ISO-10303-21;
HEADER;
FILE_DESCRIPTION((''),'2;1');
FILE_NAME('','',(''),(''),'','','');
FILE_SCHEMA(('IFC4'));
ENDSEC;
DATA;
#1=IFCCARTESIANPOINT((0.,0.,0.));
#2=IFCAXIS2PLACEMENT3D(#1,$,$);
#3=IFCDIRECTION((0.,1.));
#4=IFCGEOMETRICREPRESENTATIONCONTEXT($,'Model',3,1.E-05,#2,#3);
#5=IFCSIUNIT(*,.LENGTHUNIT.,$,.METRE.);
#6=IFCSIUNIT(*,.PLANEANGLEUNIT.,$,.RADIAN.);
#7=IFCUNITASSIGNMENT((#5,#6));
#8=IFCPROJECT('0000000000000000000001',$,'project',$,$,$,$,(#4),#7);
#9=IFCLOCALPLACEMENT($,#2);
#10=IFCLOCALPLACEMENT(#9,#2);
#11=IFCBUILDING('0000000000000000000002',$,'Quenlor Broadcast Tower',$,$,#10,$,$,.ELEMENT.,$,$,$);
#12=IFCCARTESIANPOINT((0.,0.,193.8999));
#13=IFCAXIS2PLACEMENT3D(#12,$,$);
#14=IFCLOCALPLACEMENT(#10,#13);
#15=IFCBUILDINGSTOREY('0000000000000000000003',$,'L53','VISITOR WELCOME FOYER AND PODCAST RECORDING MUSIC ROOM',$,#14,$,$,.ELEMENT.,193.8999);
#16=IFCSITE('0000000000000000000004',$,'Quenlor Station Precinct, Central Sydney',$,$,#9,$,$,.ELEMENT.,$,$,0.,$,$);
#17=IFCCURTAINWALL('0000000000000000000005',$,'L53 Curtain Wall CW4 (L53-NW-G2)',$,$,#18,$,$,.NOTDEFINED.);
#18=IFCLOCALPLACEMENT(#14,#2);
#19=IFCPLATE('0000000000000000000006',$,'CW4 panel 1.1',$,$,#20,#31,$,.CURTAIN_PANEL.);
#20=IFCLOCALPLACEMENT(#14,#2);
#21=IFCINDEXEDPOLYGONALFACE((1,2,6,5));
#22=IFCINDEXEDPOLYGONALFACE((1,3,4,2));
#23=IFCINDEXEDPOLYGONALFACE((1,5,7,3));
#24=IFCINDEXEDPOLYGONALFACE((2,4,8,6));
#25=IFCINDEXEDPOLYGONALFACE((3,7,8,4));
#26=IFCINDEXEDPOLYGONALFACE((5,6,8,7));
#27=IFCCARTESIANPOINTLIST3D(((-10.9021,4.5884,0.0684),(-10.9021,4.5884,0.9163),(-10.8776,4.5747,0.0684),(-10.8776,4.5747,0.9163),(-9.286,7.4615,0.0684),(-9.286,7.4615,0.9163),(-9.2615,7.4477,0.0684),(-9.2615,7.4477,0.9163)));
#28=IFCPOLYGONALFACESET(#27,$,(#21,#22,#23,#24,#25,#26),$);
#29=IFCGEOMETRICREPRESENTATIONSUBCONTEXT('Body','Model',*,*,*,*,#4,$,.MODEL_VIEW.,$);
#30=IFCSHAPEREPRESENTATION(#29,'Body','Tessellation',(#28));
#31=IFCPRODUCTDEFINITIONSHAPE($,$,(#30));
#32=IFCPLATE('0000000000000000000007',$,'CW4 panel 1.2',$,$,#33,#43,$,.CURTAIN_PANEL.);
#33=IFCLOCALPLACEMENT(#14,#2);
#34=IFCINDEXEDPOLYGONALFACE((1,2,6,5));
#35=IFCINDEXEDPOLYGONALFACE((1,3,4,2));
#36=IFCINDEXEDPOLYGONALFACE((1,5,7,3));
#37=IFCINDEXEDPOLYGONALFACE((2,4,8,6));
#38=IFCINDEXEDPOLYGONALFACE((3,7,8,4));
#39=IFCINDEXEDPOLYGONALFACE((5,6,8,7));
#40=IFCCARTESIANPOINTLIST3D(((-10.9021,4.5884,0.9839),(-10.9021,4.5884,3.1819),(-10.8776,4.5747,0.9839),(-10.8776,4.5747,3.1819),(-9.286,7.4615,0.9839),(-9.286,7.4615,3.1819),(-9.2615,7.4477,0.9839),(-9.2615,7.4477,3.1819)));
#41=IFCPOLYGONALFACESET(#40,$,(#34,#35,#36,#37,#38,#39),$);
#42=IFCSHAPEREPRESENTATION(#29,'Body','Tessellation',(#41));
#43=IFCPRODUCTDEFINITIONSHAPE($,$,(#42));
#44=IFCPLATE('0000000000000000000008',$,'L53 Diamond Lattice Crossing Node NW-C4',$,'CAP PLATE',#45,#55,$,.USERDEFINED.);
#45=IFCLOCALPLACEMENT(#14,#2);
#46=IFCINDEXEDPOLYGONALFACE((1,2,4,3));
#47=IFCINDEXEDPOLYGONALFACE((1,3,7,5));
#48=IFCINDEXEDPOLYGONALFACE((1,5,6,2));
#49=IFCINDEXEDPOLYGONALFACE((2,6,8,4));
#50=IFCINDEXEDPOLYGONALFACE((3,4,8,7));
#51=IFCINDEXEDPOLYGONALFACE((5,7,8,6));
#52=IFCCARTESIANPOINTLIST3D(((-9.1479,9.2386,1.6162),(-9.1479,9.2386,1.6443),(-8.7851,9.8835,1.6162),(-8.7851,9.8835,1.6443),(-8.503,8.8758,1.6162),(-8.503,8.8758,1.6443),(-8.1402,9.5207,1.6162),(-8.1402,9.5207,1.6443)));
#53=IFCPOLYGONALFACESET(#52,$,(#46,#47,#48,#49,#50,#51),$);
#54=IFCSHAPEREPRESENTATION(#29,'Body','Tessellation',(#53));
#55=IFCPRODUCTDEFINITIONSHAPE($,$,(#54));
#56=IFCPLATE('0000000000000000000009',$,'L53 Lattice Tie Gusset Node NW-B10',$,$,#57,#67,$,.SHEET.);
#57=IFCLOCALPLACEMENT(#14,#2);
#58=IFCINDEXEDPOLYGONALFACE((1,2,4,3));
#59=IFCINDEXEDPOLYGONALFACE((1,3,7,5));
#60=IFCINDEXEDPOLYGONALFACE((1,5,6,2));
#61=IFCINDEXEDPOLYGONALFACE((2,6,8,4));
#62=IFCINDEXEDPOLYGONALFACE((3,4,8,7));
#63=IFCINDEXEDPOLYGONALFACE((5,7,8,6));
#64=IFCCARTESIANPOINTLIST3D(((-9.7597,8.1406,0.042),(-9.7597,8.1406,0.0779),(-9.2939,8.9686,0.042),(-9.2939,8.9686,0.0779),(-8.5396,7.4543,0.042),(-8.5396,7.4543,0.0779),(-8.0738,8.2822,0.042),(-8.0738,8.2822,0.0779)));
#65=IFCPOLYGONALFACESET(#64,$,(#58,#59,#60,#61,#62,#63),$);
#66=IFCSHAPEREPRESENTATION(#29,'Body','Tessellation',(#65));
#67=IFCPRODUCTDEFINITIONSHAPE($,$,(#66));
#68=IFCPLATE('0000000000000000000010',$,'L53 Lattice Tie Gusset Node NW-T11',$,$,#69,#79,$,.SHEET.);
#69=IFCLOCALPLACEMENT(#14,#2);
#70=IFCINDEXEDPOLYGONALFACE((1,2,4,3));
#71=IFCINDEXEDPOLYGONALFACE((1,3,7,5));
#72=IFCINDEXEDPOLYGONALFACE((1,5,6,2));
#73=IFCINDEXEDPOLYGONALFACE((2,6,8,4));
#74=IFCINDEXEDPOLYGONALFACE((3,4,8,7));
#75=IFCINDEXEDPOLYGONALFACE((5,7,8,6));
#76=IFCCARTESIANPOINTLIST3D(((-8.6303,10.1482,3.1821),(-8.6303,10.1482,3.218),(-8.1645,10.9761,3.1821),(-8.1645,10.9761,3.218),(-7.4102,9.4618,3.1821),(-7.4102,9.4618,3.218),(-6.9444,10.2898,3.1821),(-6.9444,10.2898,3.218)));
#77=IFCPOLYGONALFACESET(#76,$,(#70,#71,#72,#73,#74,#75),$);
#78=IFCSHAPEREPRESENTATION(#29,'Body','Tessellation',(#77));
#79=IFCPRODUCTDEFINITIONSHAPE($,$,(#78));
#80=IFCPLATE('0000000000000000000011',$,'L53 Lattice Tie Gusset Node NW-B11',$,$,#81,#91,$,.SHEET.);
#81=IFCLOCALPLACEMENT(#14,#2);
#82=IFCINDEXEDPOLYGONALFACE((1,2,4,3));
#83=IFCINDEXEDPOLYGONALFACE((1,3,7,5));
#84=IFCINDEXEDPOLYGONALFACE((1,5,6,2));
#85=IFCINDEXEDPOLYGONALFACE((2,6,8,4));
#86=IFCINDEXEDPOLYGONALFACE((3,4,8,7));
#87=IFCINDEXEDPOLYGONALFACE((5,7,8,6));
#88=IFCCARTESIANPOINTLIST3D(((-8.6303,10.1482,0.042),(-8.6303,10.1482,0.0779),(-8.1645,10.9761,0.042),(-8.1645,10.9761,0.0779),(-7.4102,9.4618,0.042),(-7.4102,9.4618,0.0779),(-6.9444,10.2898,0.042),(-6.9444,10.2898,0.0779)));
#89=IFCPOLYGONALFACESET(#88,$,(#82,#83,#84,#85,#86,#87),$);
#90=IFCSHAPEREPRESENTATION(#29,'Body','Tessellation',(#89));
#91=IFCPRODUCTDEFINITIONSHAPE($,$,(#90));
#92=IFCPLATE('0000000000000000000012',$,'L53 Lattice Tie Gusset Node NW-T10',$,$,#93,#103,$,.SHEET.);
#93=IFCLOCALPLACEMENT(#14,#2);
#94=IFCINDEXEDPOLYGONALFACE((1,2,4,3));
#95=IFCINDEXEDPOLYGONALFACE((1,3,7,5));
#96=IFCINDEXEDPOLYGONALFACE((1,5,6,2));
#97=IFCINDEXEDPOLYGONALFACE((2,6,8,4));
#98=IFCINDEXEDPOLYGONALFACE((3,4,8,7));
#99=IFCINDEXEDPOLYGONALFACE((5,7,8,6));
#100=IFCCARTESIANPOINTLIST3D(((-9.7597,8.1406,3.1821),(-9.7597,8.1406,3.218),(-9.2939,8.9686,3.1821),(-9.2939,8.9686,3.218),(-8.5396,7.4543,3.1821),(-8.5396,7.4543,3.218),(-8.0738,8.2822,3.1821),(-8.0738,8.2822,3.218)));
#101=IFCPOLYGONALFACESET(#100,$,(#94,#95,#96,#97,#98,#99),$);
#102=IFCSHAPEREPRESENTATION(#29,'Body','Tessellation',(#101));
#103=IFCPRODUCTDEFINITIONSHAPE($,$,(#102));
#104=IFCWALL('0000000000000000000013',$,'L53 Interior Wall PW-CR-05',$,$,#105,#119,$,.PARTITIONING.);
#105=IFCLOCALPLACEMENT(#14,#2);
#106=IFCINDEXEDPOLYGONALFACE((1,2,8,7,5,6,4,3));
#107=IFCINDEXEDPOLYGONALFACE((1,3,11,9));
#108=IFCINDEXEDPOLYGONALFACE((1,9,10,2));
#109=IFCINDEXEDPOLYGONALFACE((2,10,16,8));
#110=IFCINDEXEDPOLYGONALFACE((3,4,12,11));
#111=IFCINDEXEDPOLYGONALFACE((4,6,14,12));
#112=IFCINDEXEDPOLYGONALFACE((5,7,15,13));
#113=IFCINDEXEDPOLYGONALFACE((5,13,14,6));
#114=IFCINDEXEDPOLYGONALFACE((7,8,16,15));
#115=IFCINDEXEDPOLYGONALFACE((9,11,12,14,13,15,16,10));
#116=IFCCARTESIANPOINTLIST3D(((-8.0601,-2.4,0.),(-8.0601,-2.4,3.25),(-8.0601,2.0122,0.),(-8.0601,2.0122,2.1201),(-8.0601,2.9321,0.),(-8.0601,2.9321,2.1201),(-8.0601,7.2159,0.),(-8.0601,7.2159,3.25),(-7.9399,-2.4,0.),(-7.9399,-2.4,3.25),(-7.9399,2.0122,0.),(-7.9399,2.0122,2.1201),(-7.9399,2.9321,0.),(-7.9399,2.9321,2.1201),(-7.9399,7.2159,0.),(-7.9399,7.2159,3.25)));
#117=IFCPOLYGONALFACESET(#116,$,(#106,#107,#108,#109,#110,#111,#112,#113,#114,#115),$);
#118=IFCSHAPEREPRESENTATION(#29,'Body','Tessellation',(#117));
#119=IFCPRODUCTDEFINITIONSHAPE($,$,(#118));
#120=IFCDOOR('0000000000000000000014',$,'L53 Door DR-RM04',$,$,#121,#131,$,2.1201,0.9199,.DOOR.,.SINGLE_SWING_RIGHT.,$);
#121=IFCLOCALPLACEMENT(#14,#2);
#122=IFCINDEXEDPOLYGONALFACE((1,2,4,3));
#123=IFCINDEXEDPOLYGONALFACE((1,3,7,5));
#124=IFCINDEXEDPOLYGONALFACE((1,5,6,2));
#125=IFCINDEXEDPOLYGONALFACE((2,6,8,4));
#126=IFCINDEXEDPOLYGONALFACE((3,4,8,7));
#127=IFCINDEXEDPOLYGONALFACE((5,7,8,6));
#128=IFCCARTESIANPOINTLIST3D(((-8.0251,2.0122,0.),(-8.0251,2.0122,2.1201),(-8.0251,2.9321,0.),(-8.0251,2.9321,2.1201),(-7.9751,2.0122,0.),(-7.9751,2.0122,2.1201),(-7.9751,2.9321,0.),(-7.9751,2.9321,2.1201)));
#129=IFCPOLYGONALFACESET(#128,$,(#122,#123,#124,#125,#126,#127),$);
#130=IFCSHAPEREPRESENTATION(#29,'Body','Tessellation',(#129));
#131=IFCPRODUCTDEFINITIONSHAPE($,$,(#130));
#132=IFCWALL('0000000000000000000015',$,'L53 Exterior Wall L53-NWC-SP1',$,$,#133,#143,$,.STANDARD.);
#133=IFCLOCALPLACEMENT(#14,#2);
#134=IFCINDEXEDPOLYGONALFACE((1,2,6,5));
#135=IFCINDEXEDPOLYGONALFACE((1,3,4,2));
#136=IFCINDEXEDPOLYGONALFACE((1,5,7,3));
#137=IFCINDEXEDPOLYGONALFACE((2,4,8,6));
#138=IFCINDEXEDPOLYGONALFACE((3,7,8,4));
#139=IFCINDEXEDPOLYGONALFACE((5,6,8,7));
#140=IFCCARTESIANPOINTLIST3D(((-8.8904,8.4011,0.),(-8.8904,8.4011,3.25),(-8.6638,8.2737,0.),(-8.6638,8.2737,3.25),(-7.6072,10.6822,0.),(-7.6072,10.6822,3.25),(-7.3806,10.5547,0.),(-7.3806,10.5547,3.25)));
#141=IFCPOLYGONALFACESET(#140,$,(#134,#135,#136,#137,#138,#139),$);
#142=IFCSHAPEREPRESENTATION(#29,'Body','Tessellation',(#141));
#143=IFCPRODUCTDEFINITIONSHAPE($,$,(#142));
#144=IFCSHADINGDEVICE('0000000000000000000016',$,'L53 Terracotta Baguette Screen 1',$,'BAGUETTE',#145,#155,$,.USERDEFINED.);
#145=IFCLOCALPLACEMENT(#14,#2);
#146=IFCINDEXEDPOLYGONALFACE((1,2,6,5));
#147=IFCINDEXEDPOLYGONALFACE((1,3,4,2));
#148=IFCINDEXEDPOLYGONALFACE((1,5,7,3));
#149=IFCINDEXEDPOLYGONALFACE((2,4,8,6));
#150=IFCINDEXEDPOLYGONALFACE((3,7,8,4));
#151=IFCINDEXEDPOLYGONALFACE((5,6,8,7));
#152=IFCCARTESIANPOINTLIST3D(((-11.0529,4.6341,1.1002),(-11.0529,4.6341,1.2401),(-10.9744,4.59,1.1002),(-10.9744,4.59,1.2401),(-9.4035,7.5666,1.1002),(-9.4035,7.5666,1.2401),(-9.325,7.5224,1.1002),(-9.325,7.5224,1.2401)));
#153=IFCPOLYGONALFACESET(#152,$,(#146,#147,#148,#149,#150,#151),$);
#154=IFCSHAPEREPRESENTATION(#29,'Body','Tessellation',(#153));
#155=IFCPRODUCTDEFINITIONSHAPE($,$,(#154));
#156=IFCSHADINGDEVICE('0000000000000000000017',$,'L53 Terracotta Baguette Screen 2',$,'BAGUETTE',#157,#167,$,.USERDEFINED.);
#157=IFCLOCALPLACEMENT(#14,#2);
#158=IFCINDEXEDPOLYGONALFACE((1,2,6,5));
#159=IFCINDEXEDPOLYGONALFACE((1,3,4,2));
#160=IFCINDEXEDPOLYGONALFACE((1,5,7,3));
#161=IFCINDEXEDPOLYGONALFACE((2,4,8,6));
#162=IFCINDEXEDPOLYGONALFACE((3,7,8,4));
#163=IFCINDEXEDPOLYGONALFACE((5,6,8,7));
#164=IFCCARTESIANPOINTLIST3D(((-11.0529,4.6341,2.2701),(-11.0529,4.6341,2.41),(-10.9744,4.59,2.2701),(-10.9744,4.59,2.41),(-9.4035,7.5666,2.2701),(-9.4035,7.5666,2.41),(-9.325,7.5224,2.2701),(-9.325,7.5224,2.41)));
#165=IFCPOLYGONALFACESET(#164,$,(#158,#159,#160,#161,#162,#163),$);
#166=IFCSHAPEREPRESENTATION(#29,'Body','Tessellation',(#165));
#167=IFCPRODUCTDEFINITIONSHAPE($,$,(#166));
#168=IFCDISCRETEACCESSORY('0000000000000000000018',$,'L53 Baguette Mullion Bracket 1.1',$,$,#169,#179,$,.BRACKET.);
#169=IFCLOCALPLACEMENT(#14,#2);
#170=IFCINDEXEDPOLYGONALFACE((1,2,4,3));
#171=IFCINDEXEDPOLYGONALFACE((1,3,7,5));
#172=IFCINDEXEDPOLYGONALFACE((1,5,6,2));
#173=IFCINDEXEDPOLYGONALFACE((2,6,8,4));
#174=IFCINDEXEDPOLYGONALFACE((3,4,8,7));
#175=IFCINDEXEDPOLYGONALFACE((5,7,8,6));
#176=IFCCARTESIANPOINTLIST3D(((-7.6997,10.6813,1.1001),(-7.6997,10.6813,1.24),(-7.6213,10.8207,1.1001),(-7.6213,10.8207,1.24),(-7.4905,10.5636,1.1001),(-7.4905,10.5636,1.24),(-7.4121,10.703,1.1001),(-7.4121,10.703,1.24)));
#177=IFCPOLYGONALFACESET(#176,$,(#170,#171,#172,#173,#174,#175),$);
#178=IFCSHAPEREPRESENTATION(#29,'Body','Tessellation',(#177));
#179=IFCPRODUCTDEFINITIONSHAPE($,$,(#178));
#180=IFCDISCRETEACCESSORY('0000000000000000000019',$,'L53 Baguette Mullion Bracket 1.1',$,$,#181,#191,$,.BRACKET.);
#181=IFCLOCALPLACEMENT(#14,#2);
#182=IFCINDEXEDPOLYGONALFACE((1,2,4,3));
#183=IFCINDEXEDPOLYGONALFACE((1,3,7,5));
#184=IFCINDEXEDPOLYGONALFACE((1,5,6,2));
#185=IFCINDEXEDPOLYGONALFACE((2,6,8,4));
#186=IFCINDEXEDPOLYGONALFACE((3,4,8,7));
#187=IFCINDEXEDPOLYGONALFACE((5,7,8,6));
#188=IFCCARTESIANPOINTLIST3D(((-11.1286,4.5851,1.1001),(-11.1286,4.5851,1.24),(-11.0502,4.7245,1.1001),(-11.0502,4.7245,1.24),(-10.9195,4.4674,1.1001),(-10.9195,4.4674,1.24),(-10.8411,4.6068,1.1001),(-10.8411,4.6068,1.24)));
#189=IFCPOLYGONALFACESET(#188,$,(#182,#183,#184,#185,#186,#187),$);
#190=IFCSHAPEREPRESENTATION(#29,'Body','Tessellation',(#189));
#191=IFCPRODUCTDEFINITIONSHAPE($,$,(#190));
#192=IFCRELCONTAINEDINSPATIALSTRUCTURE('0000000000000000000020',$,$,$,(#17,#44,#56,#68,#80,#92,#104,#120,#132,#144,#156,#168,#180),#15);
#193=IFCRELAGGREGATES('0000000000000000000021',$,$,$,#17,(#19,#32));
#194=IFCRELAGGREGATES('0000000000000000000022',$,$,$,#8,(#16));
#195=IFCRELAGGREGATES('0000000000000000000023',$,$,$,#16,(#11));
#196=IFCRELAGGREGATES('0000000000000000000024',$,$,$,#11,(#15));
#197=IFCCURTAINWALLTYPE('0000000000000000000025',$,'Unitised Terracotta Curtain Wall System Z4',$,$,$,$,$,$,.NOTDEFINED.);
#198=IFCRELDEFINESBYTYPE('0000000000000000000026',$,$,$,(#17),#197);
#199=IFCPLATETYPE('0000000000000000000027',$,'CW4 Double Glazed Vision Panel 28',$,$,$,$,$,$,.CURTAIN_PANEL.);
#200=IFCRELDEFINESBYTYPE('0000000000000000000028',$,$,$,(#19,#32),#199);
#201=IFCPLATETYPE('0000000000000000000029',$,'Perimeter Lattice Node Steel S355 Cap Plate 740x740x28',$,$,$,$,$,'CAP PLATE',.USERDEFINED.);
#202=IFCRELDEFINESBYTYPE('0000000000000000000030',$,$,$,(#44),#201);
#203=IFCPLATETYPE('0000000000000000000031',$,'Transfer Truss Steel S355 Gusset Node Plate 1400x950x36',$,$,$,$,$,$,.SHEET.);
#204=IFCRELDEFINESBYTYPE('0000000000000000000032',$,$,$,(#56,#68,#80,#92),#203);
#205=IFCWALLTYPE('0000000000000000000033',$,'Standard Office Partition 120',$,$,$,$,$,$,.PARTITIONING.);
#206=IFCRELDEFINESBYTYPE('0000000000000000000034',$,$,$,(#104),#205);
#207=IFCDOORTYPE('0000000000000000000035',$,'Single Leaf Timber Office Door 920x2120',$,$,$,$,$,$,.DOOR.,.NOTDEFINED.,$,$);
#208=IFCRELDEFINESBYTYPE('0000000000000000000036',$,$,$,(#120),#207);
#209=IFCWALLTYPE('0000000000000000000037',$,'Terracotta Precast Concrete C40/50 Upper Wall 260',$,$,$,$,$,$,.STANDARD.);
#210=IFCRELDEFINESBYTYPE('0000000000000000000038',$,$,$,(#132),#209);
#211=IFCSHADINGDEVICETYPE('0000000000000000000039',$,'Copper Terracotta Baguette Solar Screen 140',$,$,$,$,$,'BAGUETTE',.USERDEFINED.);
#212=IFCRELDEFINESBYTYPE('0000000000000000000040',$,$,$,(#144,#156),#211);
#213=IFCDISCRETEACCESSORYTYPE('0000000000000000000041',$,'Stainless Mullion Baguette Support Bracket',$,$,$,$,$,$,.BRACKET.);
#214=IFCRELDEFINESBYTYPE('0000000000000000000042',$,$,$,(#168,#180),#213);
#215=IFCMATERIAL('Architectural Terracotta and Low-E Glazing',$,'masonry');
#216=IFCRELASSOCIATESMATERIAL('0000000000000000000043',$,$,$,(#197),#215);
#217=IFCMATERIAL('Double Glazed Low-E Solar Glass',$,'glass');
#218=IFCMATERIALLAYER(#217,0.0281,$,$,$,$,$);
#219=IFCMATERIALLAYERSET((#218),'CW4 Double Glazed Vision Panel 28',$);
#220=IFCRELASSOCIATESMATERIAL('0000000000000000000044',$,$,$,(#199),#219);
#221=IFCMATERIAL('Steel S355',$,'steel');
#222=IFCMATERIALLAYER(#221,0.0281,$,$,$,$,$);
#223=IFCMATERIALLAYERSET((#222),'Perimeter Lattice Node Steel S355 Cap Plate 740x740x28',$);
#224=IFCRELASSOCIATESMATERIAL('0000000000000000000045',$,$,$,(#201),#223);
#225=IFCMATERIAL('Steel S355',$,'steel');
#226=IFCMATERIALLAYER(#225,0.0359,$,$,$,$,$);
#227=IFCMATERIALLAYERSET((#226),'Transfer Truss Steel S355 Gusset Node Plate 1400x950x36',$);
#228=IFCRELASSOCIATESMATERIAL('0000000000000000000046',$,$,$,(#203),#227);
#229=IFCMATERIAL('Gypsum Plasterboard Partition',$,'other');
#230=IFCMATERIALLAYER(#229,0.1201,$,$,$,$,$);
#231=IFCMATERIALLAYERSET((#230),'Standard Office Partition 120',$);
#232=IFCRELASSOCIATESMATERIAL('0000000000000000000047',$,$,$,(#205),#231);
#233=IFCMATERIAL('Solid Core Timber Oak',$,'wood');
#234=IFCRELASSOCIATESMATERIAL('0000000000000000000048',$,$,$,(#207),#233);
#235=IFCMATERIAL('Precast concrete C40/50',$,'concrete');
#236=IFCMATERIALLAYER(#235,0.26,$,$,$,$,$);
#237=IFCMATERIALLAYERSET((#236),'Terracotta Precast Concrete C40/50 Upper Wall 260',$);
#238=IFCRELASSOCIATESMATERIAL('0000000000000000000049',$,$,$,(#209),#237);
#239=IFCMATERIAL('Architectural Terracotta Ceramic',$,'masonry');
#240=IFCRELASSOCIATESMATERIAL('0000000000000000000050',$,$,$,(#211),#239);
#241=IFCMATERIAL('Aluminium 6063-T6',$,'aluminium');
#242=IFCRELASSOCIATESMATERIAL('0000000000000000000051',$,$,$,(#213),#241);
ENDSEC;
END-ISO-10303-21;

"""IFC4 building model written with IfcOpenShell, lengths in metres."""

from ifc_helpers import new_model, si_unit, direction, frame, frame_2d, origin, origin_2d, place, context, subcontext, project, spatial, rectangle, extrude, material, layer, layer_set, material_profile, profile_set, type_object, element, fill, aggregate, save


model = new_model("IFC4")

# Units and contexts
model_context = context("Model", 3, precision=1e-05, world=origin(), true_north=direction((0.0, 1.0)))
body_context = subcontext(model_context, "Body", "Model", "MODEL_VIEW")
ifc_project = project(units=[si_unit("LENGTHUNIT", "METRE"), si_unit("PLANEANGLEUNIT", "RADIAN")], contexts=[model_context])

# Site, building, storey
site_placement = place(None, origin())
site = spatial("IfcSite", under=ifc_project, at=site_placement, Name="Quenlor Station Precinct, Central Sydney", CompositionType="ELEMENT", RefElevation=0.0)
building_placement = place(site_placement, origin())
building = spatial("IfcBuilding", under=site, at=building_placement, Name="Quenlor Broadcast Tower", CompositionType="ELEMENT")
storey_placement = place(building_placement, frame((0.0, 0.0, 193.8999)))
storey = spatial("IfcBuildingStorey", under=building, at=storey_placement, Name="L53", Description="VISITOR WELCOME FOYER AND PODCAST RECORDING MUSIC ROOM", CompositionType="ELEMENT", Elevation=193.8999)

# Curtain wall
ifc_material_1 = material(Name="Architectural Terracotta and Low-E Glazing", Category="masonry")
curtain_wall_type = type_object("IfcCurtainWallType", Name="Unitised Terracotta Curtain Wall System Z4", PredefinedType="NOTDEFINED", material=ifc_material_1)
curtain_wall_1_placement = place(storey_placement, origin())
curtain_wall_1 = element("IfcCurtainWall", 1, at=curtain_wall_1_placement, inside=storey, type_object=curtain_wall_type, Name="L53 Curtain Wall CW4 (L53-NW-G2)", PredefinedType="NOTDEFINED")

# Plates
ifc_material_2 = material(Name="Double Glazed Low-E Solar Glass", Category="glass")
ifc_layer_1 = layer(ifc_material_2, 0.0281)
ifc_layer_set_1 = layer_set([ifc_layer_1], Name="CW4 Double Glazed Vision Panel 28")
plate_type_1 = type_object("IfcPlateType", Name="CW4 Double Glazed Vision Panel 28", PredefinedType="CURTAIN_PANEL", material=ifc_layer_set_1)
plate_1_placement = place(storey_placement, frame((-10.0818, 6.0181, 0.0684), z_axis=(0.0, 0.0, 1.0), x_axis=(0.490257, 0.871578, 0.0)))
plate_1 = element("IfcPlate", 2, at=plate_1_placement, type_object=plate_type_1, Name="CW4 panel 1.1", PredefinedType="CURTAIN_PANEL", context=body_context, shape_type="SweptSolid", body=[
    extrude(rectangle(XDim=3.2964, YDim=0.0281, at=origin_2d()), origin(), (0.0, 0.0, 1.0), 0.8479),
])
plate_2_placement = place(storey_placement, frame((-10.0818, 6.0181, 0.9839), z_axis=(0.0, 0.0, 1.0), x_axis=(0.490257, 0.871578, 0.0)))
plate_2 = element("IfcPlate", 3, at=plate_2_placement, type_object=plate_type_1, Name="CW4 panel 1.2", PredefinedType="CURTAIN_PANEL", context=body_context, shape_type="SweptSolid", body=[
    extrude(rectangle(XDim=3.2964, YDim=0.0281, at=origin_2d()), origin(), (0.0, 0.0, 1.0), 2.198),
])
aggregate(curtain_wall_1, [plate_1, plate_2])

# Plates
ifc_material_3 = material(Name="Steel S355", Category="steel")
ifc_layer_2 = layer(ifc_material_3, 0.0281)
ifc_layer_set_2 = layer_set([ifc_layer_2], Name="Perimeter Lattice Node Steel S355 Cap Plate 740x740x28")
plate_type_2 = type_object("IfcPlateType", Name="Perimeter Lattice Node Steel S355 Cap Plate 740x740x28", ElementType="CAP PLATE", PredefinedType="USERDEFINED", material=ifc_layer_set_2)
plate_3_placement = place(storey_placement, frame((-8.644, 9.3796, 1.6162), z_axis=(0.0, 0.0, 1.0), x_axis=(0.490295, 0.871556, 0.0)))
element("IfcPlate", 4, at=plate_3_placement, inside=storey, type_object=plate_type_2, Name="L53 Diamond Lattice Crossing Node NW-C4", ObjectType="CAP PLATE", PredefinedType="USERDEFINED", context=body_context, shape_type="SweptSolid", body=[
    extrude(rectangle(XDim=0.74, YDim=0.74, at=origin_2d()), origin(), (0.0, 0.0, 1.0), 0.0281),
])
ifc_material_4 = material(Name="Steel S355", Category="steel")
ifc_layer_3 = layer(ifc_material_4, 0.0359)
ifc_layer_set_3 = layer_set([ifc_layer_3], Name="Transfer Truss Steel S355 Gusset Node Plate 1400x950x36")
plate_type_3 = type_object("IfcPlateType", Name="Transfer Truss Steel S355 Gusset Node Plate 1400x950x36", PredefinedType="SHEET", material=ifc_layer_set_3)
for number, where, z_axis, x_axis, name in (
    (5, (-8.9167, 8.2114, 0.042), (0.0, 0.0, 1.0), (-0.871556, 0.490295, 0.0), "L53 Lattice Tie Gusset Node NW-B10"),
    (6, (-7.7874, 10.219, 3.1821), (0.0, 0.0, 1.0), (-0.871556, 0.490295, 0.0), "L53 Lattice Tie Gusset Node NW-T11"),
    (7, (-7.7874, 10.219, 0.042), (0.0, 0.0, 1.0), (-0.871556, 0.490295, 0.0), "L53 Lattice Tie Gusset Node NW-B11"),
    (8, (-8.9167, 8.2114, 3.1821), (0.0, 0.0, 1.0), (-0.871556, 0.490295, 0.0), "L53 Lattice Tie Gusset Node NW-T10"),
):
    element("IfcPlate", number, at=place(storey_placement, frame(where, z_axis=z_axis, x_axis=x_axis)), inside=storey, type_object=plate_type_3, Name=name, PredefinedType="SHEET", context=body_context, shape_type="SweptSolid", body=[
        extrude(rectangle(XDim=1.3999, YDim=0.95, at=origin_2d()), origin(), (0.0, 0.0, 1.0), 0.0359),
    ])

# Wall, opening, door
ifc_material_5 = material(Name="Gypsum Plasterboard Partition", Category="other")
ifc_layer_4 = layer(ifc_material_5, 0.1201)
ifc_layer_set_4 = layer_set([ifc_layer_4], Name="Standard Office Partition 120")
wall_type_1 = type_object("IfcWallType", Name="Standard Office Partition 120", PredefinedType="PARTITIONING", material=ifc_layer_set_4)
wall_1_placement = place(storey_placement, frame((-8.0, 7.2161, 0.0), z_axis=(0.0, 0.0, 1.0), x_axis=(0.0, -1.0, 0.0)))
wall_1 = element("IfcWall", 9, at=wall_1_placement, inside=storey, type_object=wall_type_1, Name="L53 Interior Wall PW-CR-05", PredefinedType="PARTITIONING", context=body_context, shape_type="SweptSolid", body=[
    extrude(rectangle(XDim=9.616, YDim=0.1201, at=frame_2d((4.8081, 0.0))), origin(), (0.0, 0.0, 1.0), 3.25),
])
opening_placement = place(wall_1_placement, frame((4.2839, 0.0, 0.0)))
opening = element("IfcOpeningElement", 10, at=opening_placement, cuts=wall_1, PredefinedType="OPENING", context=body_context, shape_type="SweptSolid", body=[
    extrude(rectangle(XDim=0.9199, YDim=2.1201, at=frame_2d((0.46, 1.0601))), frame((0.0, 0.0701, 0.0), z_axis=(0.0, -1.0, 0.0), x_axis=(1.0, 0.0, 0.0)), (0.0, 0.0, 1.0), 0.1401),
])
ifc_material_6 = material(Name="Solid Core Timber Oak", Category="wood")
door_type = type_object("IfcDoorType", Name="Single Leaf Timber Office Door 920x2120", OperationType="NOTDEFINED", PredefinedType="DOOR", material=ifc_material_6)
door_placement = place(opening_placement, origin())
door = element("IfcDoor", 11, at=door_placement, inside=storey, type_object=door_type, Name="L53 Door DR-RM04", OperationType="SINGLE_SWING_RIGHT", OverallHeight=2.1201, OverallWidth=0.9199, PredefinedType="DOOR", context=body_context, shape_type="SweptSolid", body=[
    extrude(rectangle(XDim=0.9199, YDim=2.1201, at=frame_2d((0.46, 1.0601))), frame((0.0, 0.0249, 0.0), z_axis=(0.0, -1.0, 0.0), x_axis=(1.0, 0.0, 0.0)), (0.0, 0.0, 1.0), 0.05),
])
fill(opening, door)

# Wall
ifc_material_7 = material(Name="Precast concrete C40/50", Category="concrete")
ifc_layer_5 = layer(ifc_material_7, 0.26)
ifc_layer_set_5 = layer_set([ifc_layer_5], Name="Terracotta Precast Concrete C40/50 Upper Wall 260")
wall_type_2 = type_object("IfcWallType", Name="Terracotta Precast Concrete C40/50 Upper Wall 260", PredefinedType="STANDARD", material=ifc_layer_set_5)
wall_2_placement = place(storey_placement, frame((-8.7771, 8.3374, 0.0), z_axis=(0.0, 0.0, 1.0), x_axis=(0.490301, 0.871553, 0.0)))
element("IfcWall", 12, at=wall_2_placement, inside=storey, type_object=wall_type_2, Name="L53 Exterior Wall L53-NWC-SP1", PredefinedType="STANDARD", context=body_context, shape_type="SweptSolid", body=[
    extrude(rectangle(XDim=2.6172, YDim=0.26, at=frame_2d((1.3086, 0.0))), origin(), (0.0, 0.0, 1.0), 3.25),
])

# Shading devices
ifc_material_8 = material(Name="Architectural Terracotta Ceramic", Category="masonry")
ifc_material_profile_1 = material_profile(ifc_material_8, rectangle(XDim=0.0901, YDim=0.1399, at=origin_2d()))
ifc_profile_set_1 = profile_set([ifc_material_profile_1], Name="Architectural Terracotta Ceramic BAG90x140")
shading_device_type = type_object("IfcShadingDeviceType", Name="Copper Terracotta Baguette Solar Screen 140", ElementType="BAGUETTE", PredefinedType="USERDEFINED", material=ifc_profile_set_1)
for number, where, z_axis, x_axis, name in (
    (13, (-11.0137, 4.6121, 1.1702), (0.490251, 0.871581, 0.0), (-0.871581, 0.490251, 0.0), "L53 Terracotta Baguette Screen 1"),
    (14, (-11.0137, 4.6121, 2.3401), (0.490251, 0.871581, 0.0), (-0.871581, 0.490251, 0.0), "L53 Terracotta Baguette Screen 2"),
):
    element("IfcShadingDevice", number, at=place(storey_placement, frame(where, z_axis=z_axis, x_axis=x_axis)), inside=storey, type_object=shading_device_type, Name=name, ObjectType="BAGUETTE", PredefinedType="USERDEFINED", context=body_context, shape_type="SweptSolid", body=[
        extrude(rectangle(XDim=0.0901, YDim=0.1399, at=origin_2d()), origin(), (0.0, 0.0, 1.0), 3.3645),
    ])

# Discrete accessories
ifc_material_9 = material(Name="Aluminium 6063-T6", Category="aluminium")
discrete_accessory_type = type_object("IfcDiscreteAccessoryType", Name="Stainless Mullion Baguette Support Bracket", PredefinedType="BRACKET", material=ifc_material_9)
for number, where, z_axis, x_axis, name in (
    (15, (-7.5559, 10.6921, 1.1001), (0.0, 0.0, 1.0), (0.49026, 0.871576, 0.0), "L53 Baguette Mullion Bracket 1.1"),
    (16, (-10.9849, 4.5959, 1.1001), (0.0, 0.0, 1.0), (0.490257, 0.871578, 0.0), "L53 Baguette Mullion Bracket 1.1"),
):
    element("IfcDiscreteAccessory", number, at=place(storey_placement, frame(where, z_axis=z_axis, x_axis=x_axis)), inside=storey, type_object=discrete_accessory_type, Name=name, PredefinedType="BRACKET", context=body_context, shape_type="SweptSolid", body=[
        extrude(rectangle(XDim=0.1599, YDim=0.24, at=origin_2d()), origin(), (0.0, 0.0, 1.0), 0.1399),
    ])

save(model, "model.ifc")
